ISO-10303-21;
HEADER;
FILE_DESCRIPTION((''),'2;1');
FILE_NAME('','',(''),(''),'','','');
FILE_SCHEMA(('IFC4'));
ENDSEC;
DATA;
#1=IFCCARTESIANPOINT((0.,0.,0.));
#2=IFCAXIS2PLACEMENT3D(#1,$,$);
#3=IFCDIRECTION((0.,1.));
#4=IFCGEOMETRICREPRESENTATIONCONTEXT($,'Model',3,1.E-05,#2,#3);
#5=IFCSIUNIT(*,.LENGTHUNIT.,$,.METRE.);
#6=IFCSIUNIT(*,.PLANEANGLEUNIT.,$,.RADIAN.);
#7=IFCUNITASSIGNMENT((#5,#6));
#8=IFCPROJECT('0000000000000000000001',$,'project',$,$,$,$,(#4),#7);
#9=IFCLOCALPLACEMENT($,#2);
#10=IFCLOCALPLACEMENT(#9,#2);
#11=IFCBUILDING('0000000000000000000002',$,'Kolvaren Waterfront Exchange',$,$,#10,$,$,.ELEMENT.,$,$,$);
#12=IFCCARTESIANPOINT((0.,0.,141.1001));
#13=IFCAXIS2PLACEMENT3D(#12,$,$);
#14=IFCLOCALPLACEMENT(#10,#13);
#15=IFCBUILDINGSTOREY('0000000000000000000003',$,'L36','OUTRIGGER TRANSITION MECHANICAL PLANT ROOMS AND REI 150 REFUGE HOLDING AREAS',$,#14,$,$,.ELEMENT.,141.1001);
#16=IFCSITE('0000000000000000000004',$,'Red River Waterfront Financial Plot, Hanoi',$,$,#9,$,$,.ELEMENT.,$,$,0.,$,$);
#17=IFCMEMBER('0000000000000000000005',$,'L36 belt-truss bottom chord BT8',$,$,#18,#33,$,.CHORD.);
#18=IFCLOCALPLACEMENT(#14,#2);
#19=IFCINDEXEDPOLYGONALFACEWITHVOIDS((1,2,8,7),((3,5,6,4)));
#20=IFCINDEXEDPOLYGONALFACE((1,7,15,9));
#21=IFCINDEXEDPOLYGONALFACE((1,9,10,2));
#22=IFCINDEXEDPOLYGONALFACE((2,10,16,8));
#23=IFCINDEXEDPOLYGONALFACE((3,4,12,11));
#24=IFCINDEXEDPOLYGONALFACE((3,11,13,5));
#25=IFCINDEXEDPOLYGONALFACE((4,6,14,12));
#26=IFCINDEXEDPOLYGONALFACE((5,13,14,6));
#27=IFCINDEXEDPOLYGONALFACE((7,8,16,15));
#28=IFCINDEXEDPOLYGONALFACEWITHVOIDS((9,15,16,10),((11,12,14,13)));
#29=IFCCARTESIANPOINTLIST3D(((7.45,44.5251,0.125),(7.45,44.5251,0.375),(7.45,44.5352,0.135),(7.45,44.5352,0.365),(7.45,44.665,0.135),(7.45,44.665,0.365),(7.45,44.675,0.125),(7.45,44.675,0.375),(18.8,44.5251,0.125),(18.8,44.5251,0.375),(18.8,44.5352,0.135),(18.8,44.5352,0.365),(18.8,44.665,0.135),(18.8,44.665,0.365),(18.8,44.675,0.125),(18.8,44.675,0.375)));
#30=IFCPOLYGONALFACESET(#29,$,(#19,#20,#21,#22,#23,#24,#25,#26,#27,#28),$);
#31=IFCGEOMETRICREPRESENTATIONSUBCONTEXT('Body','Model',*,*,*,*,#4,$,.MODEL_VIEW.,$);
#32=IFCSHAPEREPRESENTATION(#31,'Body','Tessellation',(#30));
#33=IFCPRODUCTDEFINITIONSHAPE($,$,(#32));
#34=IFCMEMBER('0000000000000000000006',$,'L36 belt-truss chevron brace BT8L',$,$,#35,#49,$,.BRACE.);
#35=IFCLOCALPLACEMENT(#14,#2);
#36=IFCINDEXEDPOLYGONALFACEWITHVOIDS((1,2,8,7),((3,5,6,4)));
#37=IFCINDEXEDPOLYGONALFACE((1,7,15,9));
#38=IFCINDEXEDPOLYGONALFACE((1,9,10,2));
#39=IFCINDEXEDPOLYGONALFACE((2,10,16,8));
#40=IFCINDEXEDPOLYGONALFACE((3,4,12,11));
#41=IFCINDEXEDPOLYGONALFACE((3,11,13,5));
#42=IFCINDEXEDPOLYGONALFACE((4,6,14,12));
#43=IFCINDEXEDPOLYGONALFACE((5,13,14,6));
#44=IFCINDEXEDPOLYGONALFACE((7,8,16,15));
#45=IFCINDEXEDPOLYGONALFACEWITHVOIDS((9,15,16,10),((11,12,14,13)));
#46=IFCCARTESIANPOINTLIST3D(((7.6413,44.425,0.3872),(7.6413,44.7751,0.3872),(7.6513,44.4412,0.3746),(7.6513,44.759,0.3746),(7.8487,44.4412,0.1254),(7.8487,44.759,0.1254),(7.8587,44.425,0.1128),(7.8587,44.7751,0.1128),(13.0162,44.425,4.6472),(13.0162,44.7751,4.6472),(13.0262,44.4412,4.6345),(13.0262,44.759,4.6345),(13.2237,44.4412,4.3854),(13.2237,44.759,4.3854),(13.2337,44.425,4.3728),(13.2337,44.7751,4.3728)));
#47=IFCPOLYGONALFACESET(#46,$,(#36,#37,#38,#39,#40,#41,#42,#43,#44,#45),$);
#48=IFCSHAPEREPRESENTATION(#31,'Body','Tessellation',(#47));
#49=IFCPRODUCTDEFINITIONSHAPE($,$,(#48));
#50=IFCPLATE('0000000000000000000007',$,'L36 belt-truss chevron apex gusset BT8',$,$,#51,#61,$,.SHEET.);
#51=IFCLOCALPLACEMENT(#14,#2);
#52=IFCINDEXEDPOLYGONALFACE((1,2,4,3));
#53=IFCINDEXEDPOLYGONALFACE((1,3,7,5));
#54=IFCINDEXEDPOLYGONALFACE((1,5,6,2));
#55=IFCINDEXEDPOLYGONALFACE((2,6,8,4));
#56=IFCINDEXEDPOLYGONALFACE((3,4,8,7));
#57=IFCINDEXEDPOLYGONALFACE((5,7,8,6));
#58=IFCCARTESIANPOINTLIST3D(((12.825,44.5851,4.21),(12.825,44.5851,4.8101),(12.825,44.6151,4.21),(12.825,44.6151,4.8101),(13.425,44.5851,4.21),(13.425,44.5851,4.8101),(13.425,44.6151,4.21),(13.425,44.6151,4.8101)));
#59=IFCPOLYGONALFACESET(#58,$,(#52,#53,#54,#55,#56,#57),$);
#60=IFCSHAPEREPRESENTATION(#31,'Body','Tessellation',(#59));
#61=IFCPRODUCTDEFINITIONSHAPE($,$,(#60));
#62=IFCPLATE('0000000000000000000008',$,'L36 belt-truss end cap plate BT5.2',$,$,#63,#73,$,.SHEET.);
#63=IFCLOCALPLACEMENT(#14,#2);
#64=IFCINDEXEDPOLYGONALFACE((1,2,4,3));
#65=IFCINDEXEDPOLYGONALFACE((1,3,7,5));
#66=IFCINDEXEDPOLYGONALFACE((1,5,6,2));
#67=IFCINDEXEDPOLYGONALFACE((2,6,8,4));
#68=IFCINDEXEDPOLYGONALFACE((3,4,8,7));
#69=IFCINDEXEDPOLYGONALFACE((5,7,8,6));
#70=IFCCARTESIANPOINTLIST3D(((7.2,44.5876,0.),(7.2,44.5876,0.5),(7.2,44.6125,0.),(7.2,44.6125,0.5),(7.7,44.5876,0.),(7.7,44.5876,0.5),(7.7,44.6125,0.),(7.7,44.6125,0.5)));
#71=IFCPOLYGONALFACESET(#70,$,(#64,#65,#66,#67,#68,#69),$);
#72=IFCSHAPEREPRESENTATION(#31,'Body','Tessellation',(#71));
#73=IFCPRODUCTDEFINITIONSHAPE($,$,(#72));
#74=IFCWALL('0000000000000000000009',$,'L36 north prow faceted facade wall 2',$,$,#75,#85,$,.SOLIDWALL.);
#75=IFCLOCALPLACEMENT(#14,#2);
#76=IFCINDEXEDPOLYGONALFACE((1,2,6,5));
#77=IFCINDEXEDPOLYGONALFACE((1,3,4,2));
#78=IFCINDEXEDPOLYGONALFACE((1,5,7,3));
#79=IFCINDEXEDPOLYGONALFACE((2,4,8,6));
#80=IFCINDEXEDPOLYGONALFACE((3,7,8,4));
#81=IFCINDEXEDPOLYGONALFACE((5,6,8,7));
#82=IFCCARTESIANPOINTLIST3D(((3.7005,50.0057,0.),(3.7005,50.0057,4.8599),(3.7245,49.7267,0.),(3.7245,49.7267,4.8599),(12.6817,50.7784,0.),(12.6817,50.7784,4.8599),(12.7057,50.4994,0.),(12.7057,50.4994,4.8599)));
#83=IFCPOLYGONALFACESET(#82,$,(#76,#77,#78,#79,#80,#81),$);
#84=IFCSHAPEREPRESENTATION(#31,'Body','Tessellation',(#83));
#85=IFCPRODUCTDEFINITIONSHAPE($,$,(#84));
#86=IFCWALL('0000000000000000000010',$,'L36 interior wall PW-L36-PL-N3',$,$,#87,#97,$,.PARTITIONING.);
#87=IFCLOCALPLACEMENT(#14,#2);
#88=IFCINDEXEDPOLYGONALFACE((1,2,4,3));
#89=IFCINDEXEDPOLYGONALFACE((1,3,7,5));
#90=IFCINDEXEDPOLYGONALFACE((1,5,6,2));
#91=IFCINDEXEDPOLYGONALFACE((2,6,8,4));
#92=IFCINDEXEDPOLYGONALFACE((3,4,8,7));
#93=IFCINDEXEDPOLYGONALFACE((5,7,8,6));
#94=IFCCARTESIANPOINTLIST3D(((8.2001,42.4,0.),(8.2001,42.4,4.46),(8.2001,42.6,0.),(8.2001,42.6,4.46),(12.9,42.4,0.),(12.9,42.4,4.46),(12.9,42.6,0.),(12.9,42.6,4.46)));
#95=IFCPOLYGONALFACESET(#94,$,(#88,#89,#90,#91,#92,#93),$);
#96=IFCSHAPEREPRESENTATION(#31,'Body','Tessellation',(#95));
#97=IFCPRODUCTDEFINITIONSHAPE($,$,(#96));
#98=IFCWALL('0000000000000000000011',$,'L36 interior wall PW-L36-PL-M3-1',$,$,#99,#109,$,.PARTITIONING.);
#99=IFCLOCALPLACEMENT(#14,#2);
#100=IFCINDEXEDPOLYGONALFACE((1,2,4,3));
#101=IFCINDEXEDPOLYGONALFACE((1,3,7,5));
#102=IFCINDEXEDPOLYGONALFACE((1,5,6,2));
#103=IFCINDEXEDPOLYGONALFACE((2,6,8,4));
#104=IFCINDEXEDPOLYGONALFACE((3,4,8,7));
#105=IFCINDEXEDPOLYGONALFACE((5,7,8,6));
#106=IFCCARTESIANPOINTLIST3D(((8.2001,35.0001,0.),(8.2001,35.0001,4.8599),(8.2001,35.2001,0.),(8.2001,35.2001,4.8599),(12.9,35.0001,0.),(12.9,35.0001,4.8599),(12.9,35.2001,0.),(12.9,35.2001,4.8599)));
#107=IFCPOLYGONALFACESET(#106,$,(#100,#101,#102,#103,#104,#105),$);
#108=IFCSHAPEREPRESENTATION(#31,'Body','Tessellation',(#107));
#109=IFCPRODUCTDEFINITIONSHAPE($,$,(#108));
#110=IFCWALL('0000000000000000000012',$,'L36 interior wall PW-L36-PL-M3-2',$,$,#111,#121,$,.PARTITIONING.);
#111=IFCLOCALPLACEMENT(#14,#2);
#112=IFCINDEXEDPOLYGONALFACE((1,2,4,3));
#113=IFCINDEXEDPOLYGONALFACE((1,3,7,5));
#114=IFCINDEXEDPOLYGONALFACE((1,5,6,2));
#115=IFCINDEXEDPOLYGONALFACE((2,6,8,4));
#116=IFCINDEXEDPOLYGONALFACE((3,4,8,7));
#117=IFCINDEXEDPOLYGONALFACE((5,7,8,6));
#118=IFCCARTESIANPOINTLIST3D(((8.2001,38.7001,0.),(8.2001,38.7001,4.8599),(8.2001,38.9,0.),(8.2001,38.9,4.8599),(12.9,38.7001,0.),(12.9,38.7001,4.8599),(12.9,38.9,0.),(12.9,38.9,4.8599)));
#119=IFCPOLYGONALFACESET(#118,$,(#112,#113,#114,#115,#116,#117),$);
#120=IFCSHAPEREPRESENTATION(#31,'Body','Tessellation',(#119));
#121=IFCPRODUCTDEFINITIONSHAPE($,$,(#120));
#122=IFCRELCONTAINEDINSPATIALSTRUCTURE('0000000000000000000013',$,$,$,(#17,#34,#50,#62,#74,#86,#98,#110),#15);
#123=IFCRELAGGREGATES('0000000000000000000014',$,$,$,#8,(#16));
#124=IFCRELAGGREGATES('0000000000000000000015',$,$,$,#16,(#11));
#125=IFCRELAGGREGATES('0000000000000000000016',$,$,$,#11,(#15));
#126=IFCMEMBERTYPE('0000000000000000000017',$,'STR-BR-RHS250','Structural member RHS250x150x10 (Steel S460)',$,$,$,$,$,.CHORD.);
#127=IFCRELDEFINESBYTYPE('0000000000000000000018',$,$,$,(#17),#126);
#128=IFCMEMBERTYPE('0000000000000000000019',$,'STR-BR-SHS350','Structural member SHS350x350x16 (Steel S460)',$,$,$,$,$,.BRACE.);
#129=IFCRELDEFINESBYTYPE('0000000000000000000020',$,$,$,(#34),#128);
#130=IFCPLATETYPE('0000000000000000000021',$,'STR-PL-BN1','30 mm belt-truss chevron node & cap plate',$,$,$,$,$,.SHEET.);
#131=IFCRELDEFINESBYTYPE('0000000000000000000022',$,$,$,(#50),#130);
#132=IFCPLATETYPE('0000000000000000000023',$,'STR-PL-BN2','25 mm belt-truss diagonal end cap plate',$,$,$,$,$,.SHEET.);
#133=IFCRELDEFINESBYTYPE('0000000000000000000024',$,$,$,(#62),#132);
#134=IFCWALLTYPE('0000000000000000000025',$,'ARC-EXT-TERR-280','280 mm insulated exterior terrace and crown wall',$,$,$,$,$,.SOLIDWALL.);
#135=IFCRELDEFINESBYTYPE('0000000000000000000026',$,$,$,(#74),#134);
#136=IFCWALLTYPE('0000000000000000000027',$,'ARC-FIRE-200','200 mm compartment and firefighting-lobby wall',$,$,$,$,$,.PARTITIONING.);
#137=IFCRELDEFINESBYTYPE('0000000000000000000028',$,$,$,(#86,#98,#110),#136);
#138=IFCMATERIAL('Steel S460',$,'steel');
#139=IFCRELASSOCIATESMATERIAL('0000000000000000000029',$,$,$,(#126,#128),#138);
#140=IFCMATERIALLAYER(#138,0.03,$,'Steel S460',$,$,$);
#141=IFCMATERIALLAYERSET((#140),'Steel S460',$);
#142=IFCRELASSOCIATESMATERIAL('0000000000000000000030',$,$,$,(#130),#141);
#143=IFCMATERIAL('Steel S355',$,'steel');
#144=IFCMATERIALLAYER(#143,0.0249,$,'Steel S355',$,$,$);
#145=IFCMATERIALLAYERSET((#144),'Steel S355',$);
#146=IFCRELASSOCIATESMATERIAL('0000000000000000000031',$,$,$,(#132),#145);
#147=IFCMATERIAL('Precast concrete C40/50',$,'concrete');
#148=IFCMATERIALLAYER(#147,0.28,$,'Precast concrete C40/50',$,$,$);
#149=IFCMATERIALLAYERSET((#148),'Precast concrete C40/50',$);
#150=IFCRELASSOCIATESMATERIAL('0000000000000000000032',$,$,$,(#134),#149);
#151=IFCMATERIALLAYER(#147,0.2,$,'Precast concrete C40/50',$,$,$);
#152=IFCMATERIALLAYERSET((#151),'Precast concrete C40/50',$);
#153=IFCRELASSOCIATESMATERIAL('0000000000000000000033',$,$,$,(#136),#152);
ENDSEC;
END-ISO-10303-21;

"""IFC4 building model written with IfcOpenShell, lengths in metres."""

from ifc_helpers import new_model, si_unit, direction, frame, frame_2d, origin, origin_with_axes, origin_2d, place, context, subcontext, project, spatial, rectangle, hollow_rectangle, extrude, source, transform, mapped, material, layer, layer_set, material_profile, profile_set, type_object, element, save


model = new_model("IFC4")

# Units and contexts
model_context = context("Model", 3, precision=1e-05, world=origin(), true_north=direction((0.0, 1.0)))
body_context = subcontext(model_context, "Body", "Model", "MODEL_VIEW")
ifc_project = project(units=[si_unit("LENGTHUNIT", "METRE"), si_unit("PLANEANGLEUNIT", "RADIAN")], contexts=[model_context])

# Site, building, storey
site_placement = place(None, origin())
site = spatial("IfcSite", under=ifc_project, at=site_placement, Name="Red River Waterfront Financial Plot, Hanoi", CompositionType="ELEMENT", RefElevation=0.0)
building_placement = place(site_placement, origin())
building = spatial("IfcBuilding", under=site, at=building_placement, Name="Kolvaren Waterfront Exchange", CompositionType="ELEMENT")
storey_placement = place(building_placement, frame((0.0, 0.0, 141.1001)))
storey = spatial("IfcBuildingStorey", under=building, at=storey_placement, Name="L36", Description="OUTRIGGER TRANSITION MECHANICAL PLANT ROOMS AND REI 150 REFUGE HOLDING AREAS", CompositionType="ELEMENT", Elevation=141.1001)

# Shared definitions
ifc_material_1 = material(Name="Steel S355", Category="steel")

# Members
ifc_material_2 = material(Name="Steel S460", Category="steel")
ifc_material_profile_1 = material_profile(ifc_material_2, hollow_rectangle(XDim=0.1499, YDim=0.25, WallThickness=0.01, at=origin_2d()), Name="RHS250x150x10")
ifc_profile_set_1 = profile_set([ifc_material_profile_1], Name="Steel S460")
member_type_1 = type_object("IfcMemberType", Name="STR-BR-RHS250", Description="Structural member RHS250x150x10 (Steel S460)", PredefinedType="CHORD", material=ifc_profile_set_1)
member_1_placement = place(storey_placement, frame((7.45, 44.6001, 0.25), z_axis=(1.0, 0.0, 0.0), x_axis=(0.0, 1.0, 0.0)))
element("IfcMember", 1, at=member_1_placement, inside=storey, type_object=member_type_1, Name="L36 belt-truss bottom chord BT8", PredefinedType="CHORD", context=body_context, shape_type="SweptSolid", body=[
    extrude(hollow_rectangle(XDim=0.1499, YDim=0.25, WallThickness=0.01, at=origin_2d()), origin(), (0.0, 0.0, 1.0), 11.3501),
])
ifc_material_profile_2 = material_profile(ifc_material_2, hollow_rectangle(XDim=0.3501, YDim=0.3501, WallThickness=0.0161, at=origin_2d()), Name="SHS350x350x16")
ifc_profile_set_2 = profile_set([ifc_material_profile_2], Name="Steel S460")
member_type_2 = type_object("IfcMemberType", Name="STR-BR-SHS350", Description="Structural member SHS350x350x16 (Steel S460)", PredefinedType="BRACE", material=ifc_profile_set_2)
member_2_placement = place(storey_placement, frame((7.75, 44.6001, 0.25), z_axis=(0.783705, 0.0, 0.621133), x_axis=(0.0, 1.0, 0.0)))
element("IfcMember", 2, at=member_2_placement, inside=storey, type_object=member_type_2, Name="L36 belt-truss chevron brace BT8L", PredefinedType="BRACE", context=body_context, shape_type="SweptSolid", body=[
    extrude(hollow_rectangle(XDim=0.3501, YDim=0.3501, WallThickness=0.0161, at=origin_2d()), origin(), (0.0, 0.0, 1.0), 6.8584),
])

# Plates
ifc_layer_1 = layer(ifc_material_2, 0.03, Name="Steel S460")
ifc_layer_set_1 = layer_set([ifc_layer_1], Name="Steel S460")
plate_type_1 = type_object("IfcPlateType", Name="STR-PL-BN1", Description="30 mm belt-truss chevron node & cap plate", PredefinedType="SHEET", material=ifc_layer_set_1)
shared_shape_1 = source(origin_with_axes(), body_context, "Body", "SweptSolid", [
    extrude(rectangle(XDim=0.6001, YDim=0.03, at=origin_2d()), origin(), (0.0, 0.0, 1.0), 0.6001),
])
plate_1_placement = place(storey_placement, frame((13.125, 44.6001, 4.21), z_axis=(0.0, 0.0, 1.0), x_axis=(1.0, 0.0, 0.0)))
element("IfcPlate", 3, at=plate_1_placement, inside=storey, type_object=plate_type_1, Name="L36 belt-truss chevron apex gusset BT8", PredefinedType="SHEET", context=body_context, shape_type="MappedRepresentation", body=[
    mapped(shared_shape_1, transform((0.0, 0.0, 0.0), x_axis=(1.0, 0.0, 0.0), y_axis=(0.0, 1.0, 0.0), z_axis=(0.0, 0.0, 1.0), scale=1.0)),
])
ifc_layer_2 = layer(ifc_material_1, 0.0249, Name="Steel S355")
ifc_layer_set_2 = layer_set([ifc_layer_2], Name="Steel S355")
plate_type_2 = type_object("IfcPlateType", Name="STR-PL-BN2", Description="25 mm belt-truss diagonal end cap plate", PredefinedType="SHEET", material=ifc_layer_set_2)
shared_shape_2 = source(origin_with_axes(), body_context, "Body", "SweptSolid", [
    extrude(rectangle(XDim=0.5, YDim=0.0249, at=origin_2d()), origin(), (0.0, 0.0, 1.0), 0.5),
])
plate_2_placement = place(storey_placement, frame((7.45, 44.6001, 0.0), z_axis=(0.0, 0.0, 1.0), x_axis=(1.0, 0.0, 0.0)))
element("IfcPlate", 4, at=plate_2_placement, inside=storey, type_object=plate_type_2, Name="L36 belt-truss end cap plate BT5.2", PredefinedType="SHEET", context=body_context, shape_type="MappedRepresentation", body=[
    mapped(shared_shape_2, transform((0.0, 0.0, 0.0), x_axis=(1.0, 0.0, 0.0), y_axis=(0.0, 1.0, 0.0), z_axis=(0.0, 0.0, 1.0), scale=1.0)),
])

# Walls
ifc_material_3 = material(Name="Precast concrete C40/50", Category="concrete")
ifc_layer_3 = layer(ifc_material_3, 0.28, Name="Precast concrete C40/50")
ifc_layer_set_3 = layer_set([ifc_layer_3], Name="Precast concrete C40/50")
wall_type_1 = type_object("IfcWallType", Name="ARC-EXT-TERR-280", Description="280 mm insulated exterior terrace and crown wall", PredefinedType="SOLIDWALL", material=ifc_layer_set_3)
wall_1_placement = place(storey_placement, frame((12.6938, 50.6389, 0.0), z_axis=(0.0, 0.0, 1.0), x_axis=(-0.996319, -0.085719, 0.0)))
element("IfcWall", 5, at=wall_1_placement, inside=storey, type_object=wall_type_1, Name="L36 north prow faceted facade wall 2", PredefinedType="SOLIDWALL", context=body_context, shape_type="SweptSolid", body=[
    extrude(rectangle(XDim=9.0144, YDim=0.28, at=frame_2d((4.5073, 0.0))), origin(), (0.0, 0.0, 1.0), 4.8599),
])
ifc_layer_4 = layer(ifc_material_3, 0.2, Name="Precast concrete C40/50")
ifc_layer_set_4 = layer_set([ifc_layer_4], Name="Precast concrete C40/50")
wall_type_2 = type_object("IfcWallType", Name="ARC-FIRE-200", Description="200 mm compartment and firefighting-lobby wall", PredefinedType="PARTITIONING", material=ifc_layer_set_4)
wall_2_placement = place(storey_placement, frame((8.2, 42.5, 0.0), z_axis=(0.0, 0.0, 1.0), x_axis=(1.0, 0.0, 0.0)))
element("IfcWall", 6, at=wall_2_placement, inside=storey, type_object=wall_type_2, Name="L36 interior wall PW-L36-PL-N3", PredefinedType="PARTITIONING", context=body_context, shape_type="SweptSolid", body=[
    extrude(rectangle(XDim=4.7, YDim=0.2, at=frame_2d((2.3501, 0.0))), origin(), (0.0, 0.0, 1.0), 4.46),
])
for number, where, z_axis, x_axis, name in (
    (7, (8.2, 35.1001, 0.0), (0.0, 0.0, 1.0), (1.0, 0.0, 0.0), "L36 interior wall PW-L36-PL-M3-1"),
    (8, (8.2, 38.8, 0.0), (0.0, 0.0, 1.0), (1.0, 0.0, 0.0), "L36 interior wall PW-L36-PL-M3-2"),
):
    element("IfcWall", number, at=place(storey_placement, frame(where, z_axis=z_axis, x_axis=x_axis)), inside=storey, type_object=wall_type_2, Name=name, PredefinedType="PARTITIONING", context=body_context, shape_type="SweptSolid", body=[
        extrude(rectangle(XDim=4.7, YDim=0.2, at=frame_2d((2.3501, 0.0))), origin(), (0.0, 0.0, 1.0), 4.8599),
    ])

save(model, "model.ifc")
